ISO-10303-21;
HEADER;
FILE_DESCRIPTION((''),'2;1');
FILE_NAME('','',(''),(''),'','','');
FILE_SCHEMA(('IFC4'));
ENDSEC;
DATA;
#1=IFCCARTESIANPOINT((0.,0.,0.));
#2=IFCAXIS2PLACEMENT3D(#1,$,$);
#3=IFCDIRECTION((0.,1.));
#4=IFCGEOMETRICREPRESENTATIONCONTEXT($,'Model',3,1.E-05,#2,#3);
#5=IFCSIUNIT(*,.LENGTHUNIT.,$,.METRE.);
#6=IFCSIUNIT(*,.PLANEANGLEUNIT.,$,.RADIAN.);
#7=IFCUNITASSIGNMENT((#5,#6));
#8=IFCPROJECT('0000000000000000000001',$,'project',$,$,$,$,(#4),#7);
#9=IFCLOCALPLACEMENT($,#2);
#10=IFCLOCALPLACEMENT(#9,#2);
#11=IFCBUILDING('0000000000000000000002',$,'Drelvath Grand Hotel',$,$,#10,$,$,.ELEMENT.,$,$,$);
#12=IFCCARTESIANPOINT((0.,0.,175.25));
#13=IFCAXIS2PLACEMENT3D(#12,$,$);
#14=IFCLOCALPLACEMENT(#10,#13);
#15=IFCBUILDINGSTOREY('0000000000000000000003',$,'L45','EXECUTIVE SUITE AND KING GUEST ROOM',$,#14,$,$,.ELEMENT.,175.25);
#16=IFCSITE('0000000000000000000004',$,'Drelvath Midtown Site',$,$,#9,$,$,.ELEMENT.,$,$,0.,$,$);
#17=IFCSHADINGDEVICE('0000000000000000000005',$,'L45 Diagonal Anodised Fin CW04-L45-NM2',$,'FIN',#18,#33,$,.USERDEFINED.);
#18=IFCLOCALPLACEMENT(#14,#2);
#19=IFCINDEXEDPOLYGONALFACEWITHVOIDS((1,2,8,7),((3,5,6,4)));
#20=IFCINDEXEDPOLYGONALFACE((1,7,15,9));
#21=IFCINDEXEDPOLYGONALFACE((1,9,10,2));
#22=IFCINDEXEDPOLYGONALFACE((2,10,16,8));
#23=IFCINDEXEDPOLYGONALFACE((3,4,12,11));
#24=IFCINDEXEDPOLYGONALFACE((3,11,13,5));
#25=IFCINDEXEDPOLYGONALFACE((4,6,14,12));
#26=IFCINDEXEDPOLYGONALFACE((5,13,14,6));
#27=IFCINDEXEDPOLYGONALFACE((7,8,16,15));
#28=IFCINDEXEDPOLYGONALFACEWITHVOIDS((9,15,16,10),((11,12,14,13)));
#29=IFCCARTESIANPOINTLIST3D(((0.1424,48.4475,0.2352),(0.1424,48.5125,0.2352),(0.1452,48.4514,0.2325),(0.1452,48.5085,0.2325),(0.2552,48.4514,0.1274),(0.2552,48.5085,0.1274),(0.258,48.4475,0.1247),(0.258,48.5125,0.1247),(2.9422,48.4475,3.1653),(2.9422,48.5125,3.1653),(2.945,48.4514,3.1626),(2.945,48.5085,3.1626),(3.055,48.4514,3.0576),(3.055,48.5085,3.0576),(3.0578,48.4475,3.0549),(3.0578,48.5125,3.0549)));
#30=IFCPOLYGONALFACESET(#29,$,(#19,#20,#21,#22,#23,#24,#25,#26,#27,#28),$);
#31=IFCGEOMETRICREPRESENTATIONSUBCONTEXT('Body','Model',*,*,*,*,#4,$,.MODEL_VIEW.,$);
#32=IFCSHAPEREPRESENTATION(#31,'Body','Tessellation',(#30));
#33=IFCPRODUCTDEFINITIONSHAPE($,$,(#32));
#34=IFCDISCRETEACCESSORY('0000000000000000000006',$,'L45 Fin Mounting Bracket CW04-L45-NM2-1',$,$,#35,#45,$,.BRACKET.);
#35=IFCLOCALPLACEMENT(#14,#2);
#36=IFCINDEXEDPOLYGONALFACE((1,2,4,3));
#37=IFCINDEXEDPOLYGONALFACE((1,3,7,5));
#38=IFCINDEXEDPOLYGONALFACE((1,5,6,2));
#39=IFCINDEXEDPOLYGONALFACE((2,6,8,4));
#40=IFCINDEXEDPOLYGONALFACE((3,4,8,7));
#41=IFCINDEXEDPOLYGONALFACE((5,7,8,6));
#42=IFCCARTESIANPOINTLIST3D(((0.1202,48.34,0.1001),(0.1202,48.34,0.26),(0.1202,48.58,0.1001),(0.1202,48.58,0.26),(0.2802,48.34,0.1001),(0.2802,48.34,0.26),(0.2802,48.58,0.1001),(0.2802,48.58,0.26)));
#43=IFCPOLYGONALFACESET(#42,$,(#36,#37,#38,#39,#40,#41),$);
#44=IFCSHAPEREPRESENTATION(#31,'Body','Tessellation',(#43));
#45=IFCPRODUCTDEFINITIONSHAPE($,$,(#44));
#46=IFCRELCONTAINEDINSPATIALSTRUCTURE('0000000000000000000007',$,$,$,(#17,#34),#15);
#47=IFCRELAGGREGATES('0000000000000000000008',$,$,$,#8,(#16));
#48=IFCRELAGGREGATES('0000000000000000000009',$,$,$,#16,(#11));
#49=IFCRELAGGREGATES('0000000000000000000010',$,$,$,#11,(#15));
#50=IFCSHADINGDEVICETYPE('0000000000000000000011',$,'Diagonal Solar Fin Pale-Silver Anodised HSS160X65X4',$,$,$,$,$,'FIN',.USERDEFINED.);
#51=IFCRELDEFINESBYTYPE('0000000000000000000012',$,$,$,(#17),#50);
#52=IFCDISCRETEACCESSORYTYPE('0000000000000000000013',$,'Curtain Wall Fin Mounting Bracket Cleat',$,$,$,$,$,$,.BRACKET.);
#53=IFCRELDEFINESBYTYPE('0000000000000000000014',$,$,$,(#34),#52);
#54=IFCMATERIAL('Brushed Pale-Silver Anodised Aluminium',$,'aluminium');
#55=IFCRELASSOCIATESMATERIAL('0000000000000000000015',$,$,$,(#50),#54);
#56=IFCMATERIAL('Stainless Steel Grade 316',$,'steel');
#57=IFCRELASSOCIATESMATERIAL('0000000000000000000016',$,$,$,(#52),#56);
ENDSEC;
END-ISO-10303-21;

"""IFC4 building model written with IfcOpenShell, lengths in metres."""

from ifc_helpers import new_model, si_unit, direction, frame, origin, origin_2d, place, context, subcontext, project, spatial, rectangle, hollow_rectangle, extrude, material, material_profile, profile_set, type_object, element, save


model = new_model("IFC4")

# Units and contexts
model_context = context("Model", 3, precision=1e-05, world=origin(), true_north=direction((0.0, 1.0)))
body_context = subcontext(model_context, "Body", "Model", "MODEL_VIEW")
ifc_project = project(units=[si_unit("LENGTHUNIT", "METRE"), si_unit("PLANEANGLEUNIT", "RADIAN")], contexts=[model_context])

# Site, building, storey
site_placement = place(None, origin())
site = spatial("IfcSite", under=ifc_project, at=site_placement, Name="Drelvath Midtown Site", CompositionType="ELEMENT", RefElevation=0.0)
building_placement = place(site_placement, origin())
building = spatial("IfcBuilding", under=site, at=building_placement, Name="Drelvath Grand Hotel", CompositionType="ELEMENT")
storey_placement = place(building_placement, frame((0.0, 0.0, 175.25)))
storey = spatial("IfcBuildingStorey", under=building, at=storey_placement, Name="L45", Description="EXECUTIVE SUITE AND KING GUEST ROOM", CompositionType="ELEMENT", Elevation=175.25)

# Shading device
ifc_material_1 = material(Name="Brushed Pale-Silver Anodised Aluminium", Category="aluminium")
ifc_material_profile_1 = material_profile(ifc_material_1, hollow_rectangle(XDim=0.0649, YDim=0.1599, WallThickness=0.0039, at=origin_2d()), Name="HSS160X65X4")
ifc_profile_set_1 = profile_set([ifc_material_profile_1], Name="Brushed Pale-Silver Anodised Aluminium")
shading_device_type = type_object("IfcShadingDeviceType", Name="Diagonal Solar Fin Pale-Silver Anodised HSS160X65X4", ElementType="FIN", PredefinedType="USERDEFINED", material=ifc_profile_set_1)
shading_device_placement = place(storey_placement, frame((0.2002, 48.48, 0.1799), z_axis=(0.69084, 0.0, 0.723008), x_axis=(0.0, 1.0, 0.0)))
element("IfcShadingDevice", 1, at=shading_device_placement, inside=storey, type_object=shading_device_type, Name="L45 Diagonal Anodised Fin CW04-L45-NM2", ObjectType="FIN", PredefinedType="USERDEFINED", context=body_context, shape_type="SweptSolid", body=[
    extrude(hollow_rectangle(XDim=0.0649, YDim=0.1599, WallThickness=0.0039, at=origin_2d()), origin(), (0.0, 0.0, 1.0), 4.0527),
])

# Discrete accessory
ifc_material_2 = material(Name="Stainless Steel Grade 316", Category="steel")
discrete_accessory_type = type_object("IfcDiscreteAccessoryType", Name="Curtain Wall Fin Mounting Bracket Cleat", PredefinedType="BRACKET", material=ifc_material_2)
discrete_accessory_placement = place(storey_placement, frame((0.2002, 48.46, 0.1001), z_axis=(0.0, 0.0, 1.0), x_axis=(1.0, 0.0, 0.0)))
element("IfcDiscreteAccessory", 2, at=discrete_accessory_placement, inside=storey, type_object=discrete_accessory_type, Name="L45 Fin Mounting Bracket CW04-L45-NM2-1", PredefinedType="BRACKET", context=body_context, shape_type="SweptSolid", body=[
    extrude(rectangle(XDim=0.1599, YDim=0.24, at=origin_2d()), origin(), (0.0, 0.0, 1.0), 0.1599),
])

save(model, "model.ifc")
